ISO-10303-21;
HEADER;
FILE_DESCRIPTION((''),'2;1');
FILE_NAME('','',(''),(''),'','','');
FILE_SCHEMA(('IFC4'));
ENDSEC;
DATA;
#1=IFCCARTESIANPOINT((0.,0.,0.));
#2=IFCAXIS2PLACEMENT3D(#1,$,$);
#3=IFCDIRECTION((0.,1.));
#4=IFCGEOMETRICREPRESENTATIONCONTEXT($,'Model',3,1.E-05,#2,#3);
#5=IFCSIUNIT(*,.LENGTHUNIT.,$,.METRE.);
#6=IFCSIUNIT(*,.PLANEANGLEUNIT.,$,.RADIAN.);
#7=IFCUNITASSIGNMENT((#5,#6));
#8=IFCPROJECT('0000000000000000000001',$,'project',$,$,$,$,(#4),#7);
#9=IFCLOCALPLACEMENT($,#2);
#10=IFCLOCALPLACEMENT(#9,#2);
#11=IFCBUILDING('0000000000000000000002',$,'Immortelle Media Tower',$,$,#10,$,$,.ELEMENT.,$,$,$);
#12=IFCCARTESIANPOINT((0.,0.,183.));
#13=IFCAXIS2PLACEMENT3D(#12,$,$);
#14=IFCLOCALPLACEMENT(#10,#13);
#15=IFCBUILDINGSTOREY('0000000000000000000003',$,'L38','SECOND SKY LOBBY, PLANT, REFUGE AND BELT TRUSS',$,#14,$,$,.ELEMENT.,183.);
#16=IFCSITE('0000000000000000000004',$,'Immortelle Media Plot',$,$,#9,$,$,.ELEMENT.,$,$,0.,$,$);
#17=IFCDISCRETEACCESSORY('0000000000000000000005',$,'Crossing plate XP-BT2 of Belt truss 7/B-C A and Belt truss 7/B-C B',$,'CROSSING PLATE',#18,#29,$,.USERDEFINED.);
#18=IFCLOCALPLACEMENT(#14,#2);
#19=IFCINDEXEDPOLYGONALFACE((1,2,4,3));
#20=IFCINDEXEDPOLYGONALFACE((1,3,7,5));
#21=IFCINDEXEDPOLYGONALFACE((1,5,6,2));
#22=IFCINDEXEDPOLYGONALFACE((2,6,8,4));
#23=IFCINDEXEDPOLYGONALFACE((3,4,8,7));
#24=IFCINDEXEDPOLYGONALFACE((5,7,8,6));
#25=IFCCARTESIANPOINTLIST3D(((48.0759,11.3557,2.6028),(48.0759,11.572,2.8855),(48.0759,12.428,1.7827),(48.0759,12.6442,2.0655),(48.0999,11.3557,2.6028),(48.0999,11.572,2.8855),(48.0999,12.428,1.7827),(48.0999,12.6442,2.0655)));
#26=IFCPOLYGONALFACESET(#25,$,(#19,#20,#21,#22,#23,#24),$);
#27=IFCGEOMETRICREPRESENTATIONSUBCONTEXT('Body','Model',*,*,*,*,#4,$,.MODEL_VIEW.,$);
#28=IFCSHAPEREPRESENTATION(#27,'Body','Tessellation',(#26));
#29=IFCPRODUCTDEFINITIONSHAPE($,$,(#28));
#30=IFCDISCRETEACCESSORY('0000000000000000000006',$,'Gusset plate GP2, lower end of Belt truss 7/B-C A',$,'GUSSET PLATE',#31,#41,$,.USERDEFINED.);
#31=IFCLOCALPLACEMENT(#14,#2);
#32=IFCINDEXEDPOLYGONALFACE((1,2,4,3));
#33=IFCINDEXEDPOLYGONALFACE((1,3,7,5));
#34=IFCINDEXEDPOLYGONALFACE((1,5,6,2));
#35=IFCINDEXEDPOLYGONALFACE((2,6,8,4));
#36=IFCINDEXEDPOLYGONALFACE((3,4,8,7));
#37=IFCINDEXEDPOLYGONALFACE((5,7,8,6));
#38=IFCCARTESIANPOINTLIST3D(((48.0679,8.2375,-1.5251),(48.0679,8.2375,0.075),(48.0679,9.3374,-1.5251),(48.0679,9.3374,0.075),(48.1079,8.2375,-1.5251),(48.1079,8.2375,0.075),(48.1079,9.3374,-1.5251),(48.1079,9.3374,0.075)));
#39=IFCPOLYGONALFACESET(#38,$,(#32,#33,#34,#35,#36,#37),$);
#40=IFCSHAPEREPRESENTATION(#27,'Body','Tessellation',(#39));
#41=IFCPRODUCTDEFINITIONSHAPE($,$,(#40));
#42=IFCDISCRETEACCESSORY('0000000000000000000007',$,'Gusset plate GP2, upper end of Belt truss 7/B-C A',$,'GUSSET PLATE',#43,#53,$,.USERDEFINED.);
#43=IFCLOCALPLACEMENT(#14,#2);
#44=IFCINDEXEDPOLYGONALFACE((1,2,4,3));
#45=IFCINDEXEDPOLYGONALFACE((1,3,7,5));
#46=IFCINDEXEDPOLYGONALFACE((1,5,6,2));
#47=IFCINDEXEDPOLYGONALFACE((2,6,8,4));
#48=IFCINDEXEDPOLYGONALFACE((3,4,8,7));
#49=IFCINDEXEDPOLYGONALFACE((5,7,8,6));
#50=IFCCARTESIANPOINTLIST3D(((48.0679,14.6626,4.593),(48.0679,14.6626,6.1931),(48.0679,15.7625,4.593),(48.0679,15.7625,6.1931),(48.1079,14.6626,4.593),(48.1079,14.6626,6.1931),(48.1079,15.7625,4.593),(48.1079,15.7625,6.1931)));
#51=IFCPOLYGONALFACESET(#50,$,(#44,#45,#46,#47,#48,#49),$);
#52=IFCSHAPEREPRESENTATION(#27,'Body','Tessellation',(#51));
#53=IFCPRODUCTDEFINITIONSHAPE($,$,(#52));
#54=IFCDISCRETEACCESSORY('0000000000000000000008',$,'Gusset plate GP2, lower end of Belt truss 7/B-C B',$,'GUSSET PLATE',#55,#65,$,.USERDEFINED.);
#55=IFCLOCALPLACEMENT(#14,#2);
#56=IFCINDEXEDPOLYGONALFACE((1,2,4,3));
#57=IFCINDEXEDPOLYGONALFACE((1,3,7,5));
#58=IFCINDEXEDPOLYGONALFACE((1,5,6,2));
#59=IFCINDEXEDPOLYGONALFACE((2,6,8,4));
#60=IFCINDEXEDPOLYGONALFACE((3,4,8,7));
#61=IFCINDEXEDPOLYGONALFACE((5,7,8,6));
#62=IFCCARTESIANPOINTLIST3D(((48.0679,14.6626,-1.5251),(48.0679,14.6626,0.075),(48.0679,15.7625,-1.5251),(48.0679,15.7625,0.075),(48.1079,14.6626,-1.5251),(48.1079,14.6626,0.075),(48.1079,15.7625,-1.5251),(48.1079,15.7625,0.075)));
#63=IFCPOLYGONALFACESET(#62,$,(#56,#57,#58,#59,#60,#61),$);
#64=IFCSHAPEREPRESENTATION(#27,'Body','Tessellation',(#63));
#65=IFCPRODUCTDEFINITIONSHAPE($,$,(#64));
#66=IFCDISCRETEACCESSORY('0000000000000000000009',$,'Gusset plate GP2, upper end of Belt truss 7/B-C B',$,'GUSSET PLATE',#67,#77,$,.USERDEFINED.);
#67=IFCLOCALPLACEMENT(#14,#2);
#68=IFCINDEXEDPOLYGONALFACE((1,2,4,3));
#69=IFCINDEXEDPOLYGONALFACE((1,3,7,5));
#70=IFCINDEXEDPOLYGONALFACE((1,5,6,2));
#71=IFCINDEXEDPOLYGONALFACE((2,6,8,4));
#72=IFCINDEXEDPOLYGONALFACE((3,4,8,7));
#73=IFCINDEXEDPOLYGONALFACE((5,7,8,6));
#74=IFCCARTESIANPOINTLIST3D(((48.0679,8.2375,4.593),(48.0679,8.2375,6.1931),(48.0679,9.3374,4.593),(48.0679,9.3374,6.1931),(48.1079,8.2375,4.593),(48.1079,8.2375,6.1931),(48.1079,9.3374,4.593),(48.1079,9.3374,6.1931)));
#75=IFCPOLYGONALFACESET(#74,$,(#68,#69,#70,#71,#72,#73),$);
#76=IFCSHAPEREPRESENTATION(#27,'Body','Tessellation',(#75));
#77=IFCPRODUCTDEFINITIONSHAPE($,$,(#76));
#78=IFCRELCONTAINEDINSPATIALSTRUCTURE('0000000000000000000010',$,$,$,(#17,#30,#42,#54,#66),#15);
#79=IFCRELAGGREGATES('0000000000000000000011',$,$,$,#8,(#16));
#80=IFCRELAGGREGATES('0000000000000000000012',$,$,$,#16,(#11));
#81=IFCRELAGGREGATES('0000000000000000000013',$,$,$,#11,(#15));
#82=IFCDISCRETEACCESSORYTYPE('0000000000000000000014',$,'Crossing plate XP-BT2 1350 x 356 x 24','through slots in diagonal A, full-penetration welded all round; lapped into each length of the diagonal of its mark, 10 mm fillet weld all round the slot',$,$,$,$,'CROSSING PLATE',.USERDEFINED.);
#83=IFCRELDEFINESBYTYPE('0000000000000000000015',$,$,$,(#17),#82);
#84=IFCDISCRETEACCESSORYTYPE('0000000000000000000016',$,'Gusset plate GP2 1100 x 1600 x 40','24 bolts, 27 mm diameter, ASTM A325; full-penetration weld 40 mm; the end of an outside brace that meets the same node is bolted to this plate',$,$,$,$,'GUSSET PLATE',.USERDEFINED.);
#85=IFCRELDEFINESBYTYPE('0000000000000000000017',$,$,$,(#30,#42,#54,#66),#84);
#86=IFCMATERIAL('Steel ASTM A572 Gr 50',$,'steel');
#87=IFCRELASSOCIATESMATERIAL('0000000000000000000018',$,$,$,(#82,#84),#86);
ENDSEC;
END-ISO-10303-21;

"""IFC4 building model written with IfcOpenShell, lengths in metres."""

from ifc_helpers import new_model, si_unit, direction, frame, origin, origin_2d, place, context, subcontext, project, spatial, rectangle, extrude, material, material_profile, profile_set, type_object, element, save


model = new_model("IFC4")

# Units and contexts
model_context = context("Model", 3, precision=1e-05, world=origin(), true_north=direction((0.0, 1.0)))
body_context = subcontext(model_context, "Body", "Model", "MODEL_VIEW")
ifc_project = project(units=[si_unit("LENGTHUNIT", "METRE"), si_unit("PLANEANGLEUNIT", "RADIAN")], contexts=[model_context])

# Site, building, storey
site_placement = place(None, origin())
site = spatial("IfcSite", under=ifc_project, at=site_placement, Name="Immortelle Media Plot", CompositionType="ELEMENT", RefElevation=0.0)
building_placement = place(site_placement, origin())
building = spatial("IfcBuilding", under=site, at=building_placement, Name="Immortelle Media Tower", CompositionType="ELEMENT")
storey_placement = place(building_placement, frame((0.0, 0.0, 183.0)))
storey = spatial("IfcBuildingStorey", under=building, at=storey_placement, Name="L38", Description="SECOND SKY LOBBY, PLANT, REFUGE AND BELT TRUSS", CompositionType="ELEMENT", Elevation=183.0)

# Discrete accessories
ifc_material_1 = material(Name="Steel ASTM A572 Gr 50", Category="steel")
ifc_material_profile_1 = material_profile(ifc_material_1, rectangle(XDim=0.0239, YDim=0.356, at=origin_2d()), Name="PL 24 x 356")
ifc_profile_set_1 = profile_set([ifc_material_profile_1], Name="Steel ASTM A572 Gr 50")
discrete_accessory_type_1 = type_object("IfcDiscreteAccessoryType", Name="Crossing plate XP-BT2 1350 x 356 x 24", Description="through slots in diagonal A, full-penetration welded all round; lapped into each length of the diagonal of its mark, 10 mm fillet weld all round the slot", ElementType="CROSSING PLATE", PredefinedType="USERDEFINED", material=ifc_profile_set_1)
discrete_accessory_placement = place(storey_placement, frame((48.0879, 11.4639, 2.7441), z_axis=(0.0, 0.794322, -0.607497), x_axis=(-1.0, 0.0, 0.0)))
element("IfcDiscreteAccessory", 1, at=discrete_accessory_placement, inside=storey, type_object=discrete_accessory_type_1, Name="Crossing plate XP-BT2 of Belt truss 7/B-C A and Belt truss 7/B-C B", ObjectType="CROSSING PLATE", PredefinedType="USERDEFINED", context=body_context, shape_type="SweptSolid", body=[
    extrude(rectangle(XDim=0.0239, YDim=0.356, at=origin_2d()), origin(), (0.0, 0.0, 1.0), 1.3499),
])
ifc_material_profile_2 = material_profile(ifc_material_1, rectangle(XDim=0.04, YDim=1.6001, at=origin_2d()), Name="PL 40 x 1600")
ifc_profile_set_2 = profile_set([ifc_material_profile_2], Name="Steel ASTM A572 Gr 50")
discrete_accessory_type_2 = type_object("IfcDiscreteAccessoryType", Name="Gusset plate GP2 1100 x 1600 x 40", Description="24 bolts, 27 mm diameter, ASTM A325; full-penetration weld 40 mm; the end of an outside brace that meets the same node is bolted to this plate", ElementType="GUSSET PLATE", PredefinedType="USERDEFINED", material=ifc_profile_set_2)
for number, where, z_axis, x_axis, name in (
    (2, (48.0879, 8.2375, -0.7251), (0.0, 1.0, 0.0), (-1.0, 0.0, 0.0), "Gusset plate GP2, lower end of Belt truss 7/B-C A"),
    (3, (48.0879, 15.7625, 5.3931), (0.0, -1.0, 0.0), (1.0, 0.0, 0.0), "Gusset plate GP2, upper end of Belt truss 7/B-C A"),
    (4, (48.0879, 15.7625, -0.7251), (0.0, -1.0, 0.0), (1.0, 0.0, 0.0), "Gusset plate GP2, lower end of Belt truss 7/B-C B"),
    (5, (48.0879, 8.2375, 5.3931), (0.0, 1.0, 0.0), (-1.0, 0.0, 0.0), "Gusset plate GP2, upper end of Belt truss 7/B-C B"),
):
    element("IfcDiscreteAccessory", number, at=place(storey_placement, frame(where, z_axis=z_axis, x_axis=x_axis)), inside=storey, type_object=discrete_accessory_type_2, Name=name, ObjectType="GUSSET PLATE", PredefinedType="USERDEFINED", context=body_context, shape_type="SweptSolid", body=[
        extrude(rectangle(XDim=0.04, YDim=1.6001, at=origin_2d()), origin(), (0.0, 0.0, 1.0), 1.0999),
    ])

save(model, "model.ifc")
